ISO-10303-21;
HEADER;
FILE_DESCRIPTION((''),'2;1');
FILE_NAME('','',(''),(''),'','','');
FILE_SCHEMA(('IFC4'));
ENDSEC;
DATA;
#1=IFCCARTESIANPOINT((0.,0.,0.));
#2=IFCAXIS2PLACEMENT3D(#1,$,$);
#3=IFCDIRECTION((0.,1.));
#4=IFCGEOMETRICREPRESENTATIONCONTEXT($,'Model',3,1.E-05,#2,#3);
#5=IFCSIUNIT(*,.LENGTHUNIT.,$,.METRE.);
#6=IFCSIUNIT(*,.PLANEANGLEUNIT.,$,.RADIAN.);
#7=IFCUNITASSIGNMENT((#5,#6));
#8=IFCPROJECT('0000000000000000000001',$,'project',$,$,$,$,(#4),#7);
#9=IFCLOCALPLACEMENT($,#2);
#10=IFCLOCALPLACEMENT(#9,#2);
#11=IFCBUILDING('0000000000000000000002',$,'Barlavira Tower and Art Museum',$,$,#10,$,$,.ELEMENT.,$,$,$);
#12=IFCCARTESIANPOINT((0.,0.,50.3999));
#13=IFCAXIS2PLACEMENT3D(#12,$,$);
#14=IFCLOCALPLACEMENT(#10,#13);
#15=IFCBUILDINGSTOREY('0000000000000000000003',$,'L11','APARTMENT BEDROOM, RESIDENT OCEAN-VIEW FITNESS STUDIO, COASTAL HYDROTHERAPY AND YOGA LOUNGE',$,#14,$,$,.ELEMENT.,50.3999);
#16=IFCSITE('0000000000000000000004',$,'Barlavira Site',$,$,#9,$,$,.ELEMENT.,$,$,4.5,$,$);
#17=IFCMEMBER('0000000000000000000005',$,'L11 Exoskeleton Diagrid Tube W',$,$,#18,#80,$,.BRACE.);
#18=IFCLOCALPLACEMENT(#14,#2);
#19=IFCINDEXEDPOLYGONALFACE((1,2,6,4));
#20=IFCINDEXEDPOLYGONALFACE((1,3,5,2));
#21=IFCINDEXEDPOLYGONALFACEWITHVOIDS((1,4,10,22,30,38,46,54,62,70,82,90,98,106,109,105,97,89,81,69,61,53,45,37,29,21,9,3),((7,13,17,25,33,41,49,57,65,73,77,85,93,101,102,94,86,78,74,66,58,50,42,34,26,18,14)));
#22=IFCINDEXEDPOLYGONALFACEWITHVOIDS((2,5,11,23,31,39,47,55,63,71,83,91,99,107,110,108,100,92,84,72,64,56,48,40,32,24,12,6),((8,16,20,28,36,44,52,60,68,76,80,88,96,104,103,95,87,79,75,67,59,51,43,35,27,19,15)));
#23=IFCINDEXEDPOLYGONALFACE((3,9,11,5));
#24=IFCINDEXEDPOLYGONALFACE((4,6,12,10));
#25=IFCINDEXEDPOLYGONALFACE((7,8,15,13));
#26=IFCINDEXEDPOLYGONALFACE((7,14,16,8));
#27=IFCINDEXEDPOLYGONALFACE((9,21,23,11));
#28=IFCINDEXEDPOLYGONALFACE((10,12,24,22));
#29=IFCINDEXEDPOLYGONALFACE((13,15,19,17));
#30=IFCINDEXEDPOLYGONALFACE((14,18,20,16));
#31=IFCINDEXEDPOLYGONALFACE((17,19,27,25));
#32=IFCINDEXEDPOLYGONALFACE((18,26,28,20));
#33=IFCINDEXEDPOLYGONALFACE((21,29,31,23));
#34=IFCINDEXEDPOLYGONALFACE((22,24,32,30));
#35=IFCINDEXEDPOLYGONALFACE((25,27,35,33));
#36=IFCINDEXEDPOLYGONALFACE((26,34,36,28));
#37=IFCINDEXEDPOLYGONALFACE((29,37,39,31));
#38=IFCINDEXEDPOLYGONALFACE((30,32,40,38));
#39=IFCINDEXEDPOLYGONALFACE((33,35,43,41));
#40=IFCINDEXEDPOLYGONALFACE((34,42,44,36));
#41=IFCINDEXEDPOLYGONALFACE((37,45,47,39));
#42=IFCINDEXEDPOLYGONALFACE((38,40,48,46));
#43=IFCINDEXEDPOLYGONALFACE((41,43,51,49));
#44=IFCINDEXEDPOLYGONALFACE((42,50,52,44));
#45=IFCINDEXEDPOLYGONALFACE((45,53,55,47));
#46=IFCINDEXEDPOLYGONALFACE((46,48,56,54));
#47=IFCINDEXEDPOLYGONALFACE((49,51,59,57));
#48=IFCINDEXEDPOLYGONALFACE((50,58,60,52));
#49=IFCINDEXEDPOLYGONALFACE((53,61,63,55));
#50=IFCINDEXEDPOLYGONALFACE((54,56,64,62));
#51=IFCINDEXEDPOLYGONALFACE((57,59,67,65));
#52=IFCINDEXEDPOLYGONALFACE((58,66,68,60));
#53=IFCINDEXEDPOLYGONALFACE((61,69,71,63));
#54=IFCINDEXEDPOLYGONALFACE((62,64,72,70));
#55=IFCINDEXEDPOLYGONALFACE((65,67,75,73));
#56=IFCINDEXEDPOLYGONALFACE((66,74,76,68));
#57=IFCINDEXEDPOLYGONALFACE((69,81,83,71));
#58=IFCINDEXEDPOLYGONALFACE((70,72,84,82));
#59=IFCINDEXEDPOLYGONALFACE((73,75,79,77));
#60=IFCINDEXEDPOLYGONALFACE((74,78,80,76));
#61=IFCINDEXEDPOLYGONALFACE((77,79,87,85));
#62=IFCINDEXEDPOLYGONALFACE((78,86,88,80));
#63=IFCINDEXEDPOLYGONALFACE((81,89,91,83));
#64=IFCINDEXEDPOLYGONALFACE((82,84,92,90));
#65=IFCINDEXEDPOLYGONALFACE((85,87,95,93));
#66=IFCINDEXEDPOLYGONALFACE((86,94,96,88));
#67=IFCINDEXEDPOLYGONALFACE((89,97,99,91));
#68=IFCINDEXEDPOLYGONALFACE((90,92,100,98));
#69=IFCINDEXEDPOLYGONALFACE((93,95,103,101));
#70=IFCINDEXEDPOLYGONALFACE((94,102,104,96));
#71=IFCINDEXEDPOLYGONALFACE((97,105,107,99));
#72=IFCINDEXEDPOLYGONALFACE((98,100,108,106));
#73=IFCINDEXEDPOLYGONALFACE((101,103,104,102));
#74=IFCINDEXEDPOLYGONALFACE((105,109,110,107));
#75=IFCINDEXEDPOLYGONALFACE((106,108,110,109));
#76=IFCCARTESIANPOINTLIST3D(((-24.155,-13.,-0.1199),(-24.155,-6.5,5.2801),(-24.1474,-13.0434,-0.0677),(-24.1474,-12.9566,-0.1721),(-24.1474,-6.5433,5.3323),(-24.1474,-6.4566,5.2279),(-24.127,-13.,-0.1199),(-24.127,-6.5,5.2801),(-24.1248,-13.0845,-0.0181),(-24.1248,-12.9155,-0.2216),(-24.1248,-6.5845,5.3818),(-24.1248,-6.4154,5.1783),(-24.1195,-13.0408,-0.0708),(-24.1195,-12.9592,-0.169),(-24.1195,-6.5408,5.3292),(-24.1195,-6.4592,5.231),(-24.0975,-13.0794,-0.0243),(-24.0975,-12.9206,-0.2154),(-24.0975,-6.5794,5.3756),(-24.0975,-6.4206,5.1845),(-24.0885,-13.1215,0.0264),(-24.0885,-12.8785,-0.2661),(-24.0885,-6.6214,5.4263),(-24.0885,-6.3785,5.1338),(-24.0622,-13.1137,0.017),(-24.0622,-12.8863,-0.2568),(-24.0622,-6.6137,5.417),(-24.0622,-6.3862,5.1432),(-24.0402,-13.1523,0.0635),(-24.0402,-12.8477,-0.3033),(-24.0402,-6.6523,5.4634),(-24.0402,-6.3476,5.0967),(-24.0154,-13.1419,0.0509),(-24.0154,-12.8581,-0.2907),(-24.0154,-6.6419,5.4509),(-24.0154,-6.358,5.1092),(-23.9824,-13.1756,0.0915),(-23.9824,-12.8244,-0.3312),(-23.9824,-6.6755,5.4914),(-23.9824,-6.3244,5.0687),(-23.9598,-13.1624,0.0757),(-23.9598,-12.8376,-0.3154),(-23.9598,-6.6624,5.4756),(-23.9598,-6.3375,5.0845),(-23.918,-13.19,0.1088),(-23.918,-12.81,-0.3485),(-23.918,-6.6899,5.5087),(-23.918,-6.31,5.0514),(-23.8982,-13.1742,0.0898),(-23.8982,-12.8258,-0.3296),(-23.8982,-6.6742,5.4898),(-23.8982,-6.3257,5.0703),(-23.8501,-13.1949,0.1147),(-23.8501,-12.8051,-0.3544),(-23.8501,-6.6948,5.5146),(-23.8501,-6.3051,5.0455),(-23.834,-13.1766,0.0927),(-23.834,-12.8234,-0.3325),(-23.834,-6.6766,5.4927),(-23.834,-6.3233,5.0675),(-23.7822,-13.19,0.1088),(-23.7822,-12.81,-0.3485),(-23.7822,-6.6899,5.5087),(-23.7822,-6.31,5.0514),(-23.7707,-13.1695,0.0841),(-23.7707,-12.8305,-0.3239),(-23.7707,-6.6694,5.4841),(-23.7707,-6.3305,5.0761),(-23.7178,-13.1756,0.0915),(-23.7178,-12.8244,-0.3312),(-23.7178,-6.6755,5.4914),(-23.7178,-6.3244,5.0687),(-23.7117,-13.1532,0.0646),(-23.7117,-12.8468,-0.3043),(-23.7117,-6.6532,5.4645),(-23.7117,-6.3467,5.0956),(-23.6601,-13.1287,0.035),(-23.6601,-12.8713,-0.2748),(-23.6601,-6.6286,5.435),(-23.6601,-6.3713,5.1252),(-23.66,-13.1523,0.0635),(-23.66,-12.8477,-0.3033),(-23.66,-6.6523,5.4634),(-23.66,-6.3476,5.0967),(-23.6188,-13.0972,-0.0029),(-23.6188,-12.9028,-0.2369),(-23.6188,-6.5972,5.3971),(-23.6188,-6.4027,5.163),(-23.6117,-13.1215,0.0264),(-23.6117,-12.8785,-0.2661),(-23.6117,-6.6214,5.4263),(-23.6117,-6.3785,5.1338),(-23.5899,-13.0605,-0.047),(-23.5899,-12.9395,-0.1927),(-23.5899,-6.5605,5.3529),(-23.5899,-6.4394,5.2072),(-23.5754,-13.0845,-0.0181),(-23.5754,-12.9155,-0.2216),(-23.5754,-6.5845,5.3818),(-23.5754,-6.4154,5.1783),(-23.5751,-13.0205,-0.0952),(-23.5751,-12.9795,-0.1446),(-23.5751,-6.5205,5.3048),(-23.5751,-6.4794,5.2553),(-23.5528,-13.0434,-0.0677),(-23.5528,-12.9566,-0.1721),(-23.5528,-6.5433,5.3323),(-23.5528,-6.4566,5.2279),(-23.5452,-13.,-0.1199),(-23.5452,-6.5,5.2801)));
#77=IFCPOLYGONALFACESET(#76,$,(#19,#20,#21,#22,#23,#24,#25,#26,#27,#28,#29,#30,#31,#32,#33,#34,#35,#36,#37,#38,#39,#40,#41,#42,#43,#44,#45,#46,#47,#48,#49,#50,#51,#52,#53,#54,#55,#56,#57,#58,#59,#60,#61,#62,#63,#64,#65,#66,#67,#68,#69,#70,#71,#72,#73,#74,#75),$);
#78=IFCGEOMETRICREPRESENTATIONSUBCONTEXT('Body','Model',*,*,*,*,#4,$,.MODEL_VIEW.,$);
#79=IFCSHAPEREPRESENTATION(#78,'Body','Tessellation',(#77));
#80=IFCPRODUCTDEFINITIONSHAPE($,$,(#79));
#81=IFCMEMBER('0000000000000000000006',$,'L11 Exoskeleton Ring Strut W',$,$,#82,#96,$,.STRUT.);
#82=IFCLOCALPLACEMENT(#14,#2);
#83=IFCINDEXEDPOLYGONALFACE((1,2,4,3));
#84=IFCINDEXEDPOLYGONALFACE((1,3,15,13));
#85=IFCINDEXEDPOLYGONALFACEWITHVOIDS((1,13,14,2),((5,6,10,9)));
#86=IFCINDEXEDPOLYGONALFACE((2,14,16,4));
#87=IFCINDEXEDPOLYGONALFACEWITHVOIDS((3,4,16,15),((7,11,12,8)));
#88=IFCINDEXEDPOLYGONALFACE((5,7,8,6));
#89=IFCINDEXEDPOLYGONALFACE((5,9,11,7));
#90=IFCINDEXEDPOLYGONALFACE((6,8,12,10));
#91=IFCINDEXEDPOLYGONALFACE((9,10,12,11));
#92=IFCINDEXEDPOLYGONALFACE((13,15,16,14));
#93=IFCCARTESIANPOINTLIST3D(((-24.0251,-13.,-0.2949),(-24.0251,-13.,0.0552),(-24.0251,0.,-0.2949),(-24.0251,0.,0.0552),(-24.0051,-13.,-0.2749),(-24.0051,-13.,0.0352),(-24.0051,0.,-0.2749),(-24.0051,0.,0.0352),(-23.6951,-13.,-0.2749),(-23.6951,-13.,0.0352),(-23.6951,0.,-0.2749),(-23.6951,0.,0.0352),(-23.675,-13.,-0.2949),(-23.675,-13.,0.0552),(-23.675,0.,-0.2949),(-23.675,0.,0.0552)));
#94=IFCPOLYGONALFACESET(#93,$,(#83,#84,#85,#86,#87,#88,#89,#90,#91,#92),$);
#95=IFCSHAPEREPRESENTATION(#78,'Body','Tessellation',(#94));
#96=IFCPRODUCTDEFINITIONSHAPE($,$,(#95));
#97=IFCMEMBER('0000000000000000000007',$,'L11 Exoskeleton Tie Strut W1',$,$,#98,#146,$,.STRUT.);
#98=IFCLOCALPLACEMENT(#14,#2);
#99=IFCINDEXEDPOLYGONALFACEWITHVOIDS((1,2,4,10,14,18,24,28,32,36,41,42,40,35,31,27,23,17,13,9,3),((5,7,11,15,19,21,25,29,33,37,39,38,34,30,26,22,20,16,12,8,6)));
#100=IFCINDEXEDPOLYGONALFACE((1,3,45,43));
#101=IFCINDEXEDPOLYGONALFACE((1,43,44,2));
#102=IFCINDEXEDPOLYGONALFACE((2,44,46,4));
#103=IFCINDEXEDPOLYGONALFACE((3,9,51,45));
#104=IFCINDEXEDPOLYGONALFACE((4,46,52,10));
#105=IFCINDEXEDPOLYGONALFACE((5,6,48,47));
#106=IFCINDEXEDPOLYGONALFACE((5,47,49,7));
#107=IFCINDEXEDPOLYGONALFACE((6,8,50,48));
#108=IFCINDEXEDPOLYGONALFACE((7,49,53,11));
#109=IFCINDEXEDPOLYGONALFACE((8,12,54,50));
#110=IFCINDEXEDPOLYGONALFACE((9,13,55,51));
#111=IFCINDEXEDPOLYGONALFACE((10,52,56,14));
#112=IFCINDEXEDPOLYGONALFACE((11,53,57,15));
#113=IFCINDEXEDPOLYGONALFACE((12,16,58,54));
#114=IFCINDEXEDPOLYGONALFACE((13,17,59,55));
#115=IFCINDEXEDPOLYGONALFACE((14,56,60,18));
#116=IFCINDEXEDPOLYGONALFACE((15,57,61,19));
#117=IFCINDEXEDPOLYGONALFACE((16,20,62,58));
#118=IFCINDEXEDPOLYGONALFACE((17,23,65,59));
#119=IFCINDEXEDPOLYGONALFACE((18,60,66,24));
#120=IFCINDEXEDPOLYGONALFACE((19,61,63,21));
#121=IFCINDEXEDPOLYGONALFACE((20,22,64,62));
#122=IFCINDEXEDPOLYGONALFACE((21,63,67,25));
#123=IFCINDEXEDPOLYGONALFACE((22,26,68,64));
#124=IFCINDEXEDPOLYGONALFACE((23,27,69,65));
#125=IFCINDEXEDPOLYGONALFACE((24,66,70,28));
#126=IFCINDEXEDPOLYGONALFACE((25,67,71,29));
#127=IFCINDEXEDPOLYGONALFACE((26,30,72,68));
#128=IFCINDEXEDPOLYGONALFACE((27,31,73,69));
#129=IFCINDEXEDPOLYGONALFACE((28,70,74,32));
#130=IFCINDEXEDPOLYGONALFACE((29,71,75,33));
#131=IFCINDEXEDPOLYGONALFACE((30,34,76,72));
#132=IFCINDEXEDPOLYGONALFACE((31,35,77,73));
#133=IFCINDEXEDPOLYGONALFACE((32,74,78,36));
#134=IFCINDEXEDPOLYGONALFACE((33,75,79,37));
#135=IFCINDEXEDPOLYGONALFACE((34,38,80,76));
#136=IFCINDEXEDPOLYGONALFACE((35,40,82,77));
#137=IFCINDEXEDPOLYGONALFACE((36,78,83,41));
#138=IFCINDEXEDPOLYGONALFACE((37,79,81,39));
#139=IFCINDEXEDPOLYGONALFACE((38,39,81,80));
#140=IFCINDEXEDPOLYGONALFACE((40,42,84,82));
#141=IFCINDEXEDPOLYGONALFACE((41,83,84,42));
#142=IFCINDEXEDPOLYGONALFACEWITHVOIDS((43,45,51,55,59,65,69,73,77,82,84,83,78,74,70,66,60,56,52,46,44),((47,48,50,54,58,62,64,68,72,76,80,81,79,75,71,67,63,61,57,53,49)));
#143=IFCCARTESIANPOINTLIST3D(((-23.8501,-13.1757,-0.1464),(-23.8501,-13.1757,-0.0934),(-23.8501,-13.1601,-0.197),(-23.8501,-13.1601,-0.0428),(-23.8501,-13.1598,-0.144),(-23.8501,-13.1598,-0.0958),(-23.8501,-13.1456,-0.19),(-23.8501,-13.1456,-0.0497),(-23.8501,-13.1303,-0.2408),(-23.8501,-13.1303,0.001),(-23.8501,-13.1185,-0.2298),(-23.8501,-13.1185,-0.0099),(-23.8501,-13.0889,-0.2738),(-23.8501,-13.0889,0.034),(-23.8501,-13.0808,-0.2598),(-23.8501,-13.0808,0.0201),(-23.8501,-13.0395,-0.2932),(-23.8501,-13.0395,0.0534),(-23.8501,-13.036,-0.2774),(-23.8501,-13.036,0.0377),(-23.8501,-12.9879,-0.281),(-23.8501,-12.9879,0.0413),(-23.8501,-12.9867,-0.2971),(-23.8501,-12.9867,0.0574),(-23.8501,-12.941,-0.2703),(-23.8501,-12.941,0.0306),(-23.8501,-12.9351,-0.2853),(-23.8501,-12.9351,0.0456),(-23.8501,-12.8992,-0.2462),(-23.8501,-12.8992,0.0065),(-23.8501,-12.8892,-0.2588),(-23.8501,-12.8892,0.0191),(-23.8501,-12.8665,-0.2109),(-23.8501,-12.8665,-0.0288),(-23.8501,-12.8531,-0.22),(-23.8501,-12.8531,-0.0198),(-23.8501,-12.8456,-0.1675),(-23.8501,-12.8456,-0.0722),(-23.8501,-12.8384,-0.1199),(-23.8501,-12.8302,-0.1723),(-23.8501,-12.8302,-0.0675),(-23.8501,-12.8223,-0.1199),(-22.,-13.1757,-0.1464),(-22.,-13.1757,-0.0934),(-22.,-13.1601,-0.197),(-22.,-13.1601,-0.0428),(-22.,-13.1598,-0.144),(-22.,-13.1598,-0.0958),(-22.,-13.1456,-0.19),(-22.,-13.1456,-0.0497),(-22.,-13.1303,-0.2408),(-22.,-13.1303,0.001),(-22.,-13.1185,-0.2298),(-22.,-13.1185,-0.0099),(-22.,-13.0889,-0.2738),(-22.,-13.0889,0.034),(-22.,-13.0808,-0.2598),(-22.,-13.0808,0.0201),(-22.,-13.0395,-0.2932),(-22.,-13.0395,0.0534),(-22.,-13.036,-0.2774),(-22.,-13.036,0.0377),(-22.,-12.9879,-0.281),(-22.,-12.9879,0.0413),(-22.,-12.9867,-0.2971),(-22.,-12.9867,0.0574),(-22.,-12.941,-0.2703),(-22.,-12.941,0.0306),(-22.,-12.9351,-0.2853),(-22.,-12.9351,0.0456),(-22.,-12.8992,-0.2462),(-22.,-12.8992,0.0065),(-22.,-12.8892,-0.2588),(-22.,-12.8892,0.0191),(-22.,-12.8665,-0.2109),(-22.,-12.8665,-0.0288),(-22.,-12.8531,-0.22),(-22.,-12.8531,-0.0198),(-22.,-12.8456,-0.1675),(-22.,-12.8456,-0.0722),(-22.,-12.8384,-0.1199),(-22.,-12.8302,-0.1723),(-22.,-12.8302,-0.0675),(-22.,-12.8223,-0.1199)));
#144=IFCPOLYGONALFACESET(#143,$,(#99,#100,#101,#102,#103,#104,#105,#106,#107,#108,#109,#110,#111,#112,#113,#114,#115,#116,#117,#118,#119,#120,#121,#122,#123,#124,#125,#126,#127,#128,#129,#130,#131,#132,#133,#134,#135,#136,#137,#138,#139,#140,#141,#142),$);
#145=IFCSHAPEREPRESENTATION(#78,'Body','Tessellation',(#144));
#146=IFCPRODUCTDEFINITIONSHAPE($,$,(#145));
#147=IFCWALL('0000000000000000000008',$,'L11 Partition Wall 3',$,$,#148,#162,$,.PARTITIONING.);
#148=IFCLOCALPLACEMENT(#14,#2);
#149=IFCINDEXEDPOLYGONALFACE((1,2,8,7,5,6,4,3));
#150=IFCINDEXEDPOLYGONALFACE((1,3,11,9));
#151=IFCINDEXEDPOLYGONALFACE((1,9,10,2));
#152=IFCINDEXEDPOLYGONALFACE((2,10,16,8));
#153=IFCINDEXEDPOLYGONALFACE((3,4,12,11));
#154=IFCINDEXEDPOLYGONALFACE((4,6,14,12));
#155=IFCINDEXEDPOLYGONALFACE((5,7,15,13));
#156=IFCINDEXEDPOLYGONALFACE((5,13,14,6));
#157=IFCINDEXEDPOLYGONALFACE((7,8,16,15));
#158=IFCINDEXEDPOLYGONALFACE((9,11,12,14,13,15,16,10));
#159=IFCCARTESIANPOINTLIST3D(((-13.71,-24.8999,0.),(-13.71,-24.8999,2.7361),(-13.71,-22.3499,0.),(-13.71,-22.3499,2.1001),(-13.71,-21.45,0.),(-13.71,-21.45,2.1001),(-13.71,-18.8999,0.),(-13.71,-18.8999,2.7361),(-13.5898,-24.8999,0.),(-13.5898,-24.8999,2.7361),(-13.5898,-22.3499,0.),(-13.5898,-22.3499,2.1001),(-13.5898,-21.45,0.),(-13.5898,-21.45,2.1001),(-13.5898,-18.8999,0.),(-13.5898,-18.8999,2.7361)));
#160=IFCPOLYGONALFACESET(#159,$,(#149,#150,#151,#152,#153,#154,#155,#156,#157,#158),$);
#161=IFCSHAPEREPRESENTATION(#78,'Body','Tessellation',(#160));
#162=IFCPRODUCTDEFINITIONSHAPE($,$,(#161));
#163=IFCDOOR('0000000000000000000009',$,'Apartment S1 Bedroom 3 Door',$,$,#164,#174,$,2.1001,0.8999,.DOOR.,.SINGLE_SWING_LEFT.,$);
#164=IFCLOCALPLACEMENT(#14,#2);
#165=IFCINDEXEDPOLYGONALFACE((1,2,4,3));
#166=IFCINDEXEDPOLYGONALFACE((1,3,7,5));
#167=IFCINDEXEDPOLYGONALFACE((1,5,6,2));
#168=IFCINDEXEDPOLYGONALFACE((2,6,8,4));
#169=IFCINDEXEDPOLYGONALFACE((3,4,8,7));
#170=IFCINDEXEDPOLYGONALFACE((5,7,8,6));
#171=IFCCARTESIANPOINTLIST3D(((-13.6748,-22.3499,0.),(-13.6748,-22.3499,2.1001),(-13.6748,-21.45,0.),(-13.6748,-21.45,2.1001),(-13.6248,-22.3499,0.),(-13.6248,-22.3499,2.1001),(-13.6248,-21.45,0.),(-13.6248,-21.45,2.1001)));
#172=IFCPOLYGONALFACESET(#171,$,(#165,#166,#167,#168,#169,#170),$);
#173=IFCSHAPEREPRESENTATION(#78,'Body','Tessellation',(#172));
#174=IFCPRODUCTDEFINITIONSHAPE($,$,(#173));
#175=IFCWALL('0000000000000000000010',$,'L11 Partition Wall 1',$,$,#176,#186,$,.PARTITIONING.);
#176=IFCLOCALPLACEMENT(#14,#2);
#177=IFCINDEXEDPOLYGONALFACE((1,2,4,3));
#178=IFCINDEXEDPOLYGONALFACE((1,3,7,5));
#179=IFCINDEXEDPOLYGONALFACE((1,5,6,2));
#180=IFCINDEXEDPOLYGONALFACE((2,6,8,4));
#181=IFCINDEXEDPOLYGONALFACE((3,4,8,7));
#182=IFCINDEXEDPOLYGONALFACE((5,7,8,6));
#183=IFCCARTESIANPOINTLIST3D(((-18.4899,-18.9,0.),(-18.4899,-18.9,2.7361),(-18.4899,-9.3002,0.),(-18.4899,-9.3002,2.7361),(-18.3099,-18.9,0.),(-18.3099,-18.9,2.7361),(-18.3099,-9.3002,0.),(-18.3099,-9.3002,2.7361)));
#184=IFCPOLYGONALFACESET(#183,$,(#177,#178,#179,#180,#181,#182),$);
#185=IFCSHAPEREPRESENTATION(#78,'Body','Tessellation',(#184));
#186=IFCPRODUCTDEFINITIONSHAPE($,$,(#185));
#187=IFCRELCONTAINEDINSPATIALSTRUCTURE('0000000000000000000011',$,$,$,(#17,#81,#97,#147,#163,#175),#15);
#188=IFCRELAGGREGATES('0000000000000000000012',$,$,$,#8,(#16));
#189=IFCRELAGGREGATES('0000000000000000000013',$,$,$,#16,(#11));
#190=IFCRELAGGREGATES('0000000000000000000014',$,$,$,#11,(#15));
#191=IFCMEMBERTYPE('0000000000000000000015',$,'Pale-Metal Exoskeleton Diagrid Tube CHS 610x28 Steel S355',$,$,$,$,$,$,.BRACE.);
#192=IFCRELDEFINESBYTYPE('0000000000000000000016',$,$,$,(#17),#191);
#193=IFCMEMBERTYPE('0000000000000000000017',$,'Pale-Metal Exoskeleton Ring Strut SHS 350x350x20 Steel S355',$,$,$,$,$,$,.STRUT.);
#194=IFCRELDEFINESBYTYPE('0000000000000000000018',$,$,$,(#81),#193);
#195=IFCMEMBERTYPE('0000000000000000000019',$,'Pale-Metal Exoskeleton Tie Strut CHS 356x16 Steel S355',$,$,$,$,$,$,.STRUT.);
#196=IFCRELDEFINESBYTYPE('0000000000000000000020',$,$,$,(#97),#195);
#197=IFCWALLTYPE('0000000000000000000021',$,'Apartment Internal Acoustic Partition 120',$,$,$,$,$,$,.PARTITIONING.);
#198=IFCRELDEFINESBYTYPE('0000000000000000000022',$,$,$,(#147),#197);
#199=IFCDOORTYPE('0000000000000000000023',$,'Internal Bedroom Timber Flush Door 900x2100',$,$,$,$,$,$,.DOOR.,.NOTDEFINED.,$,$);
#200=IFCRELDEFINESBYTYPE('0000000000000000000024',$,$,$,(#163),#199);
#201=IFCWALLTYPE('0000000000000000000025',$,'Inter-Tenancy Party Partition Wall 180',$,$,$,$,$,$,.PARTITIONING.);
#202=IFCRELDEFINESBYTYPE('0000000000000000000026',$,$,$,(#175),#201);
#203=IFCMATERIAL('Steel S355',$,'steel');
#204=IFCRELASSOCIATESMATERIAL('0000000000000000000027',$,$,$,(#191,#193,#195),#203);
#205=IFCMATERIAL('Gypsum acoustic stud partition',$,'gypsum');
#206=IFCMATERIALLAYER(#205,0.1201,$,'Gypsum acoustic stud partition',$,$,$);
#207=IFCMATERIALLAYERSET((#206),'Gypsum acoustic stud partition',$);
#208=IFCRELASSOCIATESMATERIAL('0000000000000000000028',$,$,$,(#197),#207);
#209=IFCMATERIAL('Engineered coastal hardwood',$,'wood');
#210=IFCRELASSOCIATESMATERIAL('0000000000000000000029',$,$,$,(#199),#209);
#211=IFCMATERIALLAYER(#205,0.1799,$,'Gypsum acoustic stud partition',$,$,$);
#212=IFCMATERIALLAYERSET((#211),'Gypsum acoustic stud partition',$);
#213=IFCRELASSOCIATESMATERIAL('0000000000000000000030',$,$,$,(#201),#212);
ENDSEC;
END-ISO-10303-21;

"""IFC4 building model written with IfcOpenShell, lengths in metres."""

from ifc_helpers import new_model, si_unit, direction, frame, frame_2d, origin, origin_2d, place, context, subcontext, project, spatial, rectangle, hollow_rectangle, hollow_circle, extrude, material, layer, layer_set, material_profile, profile_set, type_object, element, fill, save


model = new_model("IFC4")

# Units and contexts
model_context = context("Model", 3, precision=1e-05, world=origin(), true_north=direction((0.0, 1.0)))
body_context = subcontext(model_context, "Body", "Model", "MODEL_VIEW")
ifc_project = project(units=[si_unit("LENGTHUNIT", "METRE"), si_unit("PLANEANGLEUNIT", "RADIAN")], contexts=[model_context])

# Site, building, storey
site_placement = place(None, origin())
site = spatial("IfcSite", under=ifc_project, at=site_placement, Name="Barlavira Site", CompositionType="ELEMENT", RefElevation=4.5)
building_placement = place(site_placement, origin())
building = spatial("IfcBuilding", under=site, at=building_placement, Name="Barlavira Tower and Art Museum", CompositionType="ELEMENT")
storey_placement = place(building_placement, frame((0.0, 0.0, 50.3999)))
storey = spatial("IfcBuildingStorey", under=building, at=storey_placement, Name="L11", Description="APARTMENT BEDROOM, RESIDENT OCEAN-VIEW FITNESS STUDIO, COASTAL HYDROTHERAPY AND YOGA LOUNGE", CompositionType="ELEMENT", Elevation=50.3999)

# Members
ifc_material_1 = material(Name="Steel S355", Category="steel")
ifc_material_profile_1 = material_profile(ifc_material_1, hollow_circle(Radius=0.3049, WallThickness=0.0281, at=origin_2d()), Name="CHS 610.0x28.0")
ifc_profile_set_1 = profile_set([ifc_material_profile_1], Name="Steel S355")
member_type_1 = type_object("IfcMemberType", Name="Pale-Metal Exoskeleton Diagrid Tube CHS 610x28 Steel S355", PredefinedType="BRACE", material=ifc_profile_set_1)
member_1_placement = place(storey_placement, frame((-23.8501, -13.0, -0.1199), z_axis=(0.0, 0.769196, 0.639013), x_axis=(-1.0, 0.0, 0.0)))
element("IfcMember", 1, at=member_1_placement, inside=storey, type_object=member_type_1, Name="L11 Exoskeleton Diagrid Tube W", PredefinedType="BRACE", context=body_context, shape_type="SweptSolid", body=[
    extrude(hollow_circle(Radius=0.3049, WallThickness=0.0281, at=origin_2d()), origin(), (0.0, 0.0, 1.0), 8.4504),
])
ifc_material_profile_2 = material_profile(ifc_material_1, hollow_rectangle(XDim=0.3501, YDim=0.3501, WallThickness=0.02, at=origin_2d()), Name="SHS 350x350x20.0")
ifc_profile_set_2 = profile_set([ifc_material_profile_2], Name="Steel S355")
member_type_2 = type_object("IfcMemberType", Name="Pale-Metal Exoskeleton Ring Strut SHS 350x350x20 Steel S355", PredefinedType="STRUT", material=ifc_profile_set_2)
member_2_placement = place(storey_placement, frame((-23.8501, -13.0, -0.1199), z_axis=(0.0, 1.0, 0.0), x_axis=(-1.0, 0.0, 0.0)))
element("IfcMember", 2, at=member_2_placement, inside=storey, type_object=member_type_2, Name="L11 Exoskeleton Ring Strut W", PredefinedType="STRUT", context=body_context, shape_type="SweptSolid", body=[
    extrude(hollow_rectangle(XDim=0.3501, YDim=0.3501, WallThickness=0.02, at=origin_2d()), origin(), (0.0, 0.0, 1.0), 13.0),
])
ifc_material_profile_3 = material_profile(ifc_material_1, hollow_circle(Radius=0.1777, WallThickness=0.0161, at=origin_2d()), Name="CHS 355.6x16.0")
ifc_profile_set_3 = profile_set([ifc_material_profile_3], Name="Steel S355")
member_type_3 = type_object("IfcMemberType", Name="Pale-Metal Exoskeleton Tie Strut CHS 356x16 Steel S355", PredefinedType="STRUT", material=ifc_profile_set_3)
member_3_placement = place(storey_placement, frame((-23.8501, -13.0, -0.1199), z_axis=(1.0, 0.0, 0.0), x_axis=(0.0, 1.0, 0.0)))
element("IfcMember", 3, at=member_3_placement, inside=storey, type_object=member_type_3, Name="L11 Exoskeleton Tie Strut W1", PredefinedType="STRUT", context=body_context, shape_type="SweptSolid", body=[
    extrude(hollow_circle(Radius=0.1777, WallThickness=0.0161, at=origin_2d()), origin(), (0.0, 0.0, 1.0), 1.8501),
])

# Wall, opening, door
ifc_material_2 = material(Name="Gypsum acoustic stud partition", Category="gypsum")
ifc_layer_1 = layer(ifc_material_2, 0.1201, Name="Gypsum acoustic stud partition")
ifc_layer_set_1 = layer_set([ifc_layer_1], Name="Gypsum acoustic stud partition")
wall_type_1 = type_object("IfcWallType", Name="Apartment Internal Acoustic Partition 120", PredefinedType="PARTITIONING", material=ifc_layer_set_1)
wall_1_placement = place(storey_placement, frame((-13.6499, -24.8999, 0.0), z_axis=(0.0, 0.0, 1.0), x_axis=(0.0, 1.0, 0.0)))
wall_1 = element("IfcWall", 4, at=wall_1_placement, inside=storey, type_object=wall_type_1, Name="L11 Partition Wall 3", PredefinedType="PARTITIONING", context=body_context, shape_type="SweptSolid", body=[
    extrude(rectangle(XDim=6.0, YDim=0.1201, at=frame_2d((3.0, 0.0))), origin(), (0.0, 0.0, 1.0), 2.7361),
])
opening_1_placement = place(wall_1_placement, frame((2.55, 0.0, 0.0)))
opening_1 = element("IfcOpeningElement", 5, at=opening_1_placement, cuts=wall_1, PredefinedType="OPENING", context=body_context, shape_type="SweptSolid", body=[
    extrude(rectangle(XDim=0.8999, YDim=2.1001, at=frame_2d((0.45, 1.05))), frame((0.0, 0.0701, 0.0), z_axis=(0.0, -1.0, 0.0), x_axis=(1.0, 0.0, 0.0)), (0.0, 0.0, 1.0), 0.1401),
])
ifc_material_3 = material(Name="Engineered coastal hardwood", Category="wood")
door_type = type_object("IfcDoorType", Name="Internal Bedroom Timber Flush Door 900x2100", OperationType="NOTDEFINED", PredefinedType="DOOR", material=ifc_material_3)
door_placement = place(opening_1_placement, origin())
door = element("IfcDoor", 6, at=door_placement, inside=storey, type_object=door_type, Name="Apartment S1 Bedroom 3 Door", OperationType="SINGLE_SWING_LEFT", OverallHeight=2.1001, OverallWidth=0.8999, PredefinedType="DOOR", context=body_context, shape_type="SweptSolid", body=[
    extrude(rectangle(XDim=0.8999, YDim=2.1001, at=frame_2d((0.45, 1.05))), frame((0.0, 0.0249, 0.0), z_axis=(0.0, -1.0, 0.0), x_axis=(1.0, 0.0, 0.0)), (0.0, 0.0, 1.0), 0.05),
])
fill(opening_1, door)

# Wall
ifc_layer_2 = layer(ifc_material_2, 0.1799, Name="Gypsum acoustic stud partition")
ifc_layer_set_2 = layer_set([ifc_layer_2], Name="Gypsum acoustic stud partition")
wall_type_2 = type_object("IfcWallType", Name="Inter-Tenancy Party Partition Wall 180", PredefinedType="PARTITIONING", material=ifc_layer_set_2)
wall_2_placement = place(storey_placement, frame((-18.3999, -18.8999, 0.0), z_axis=(0.0, 0.0, 1.0), x_axis=(0.0, 1.0, 0.0)))
element("IfcWall", 7, at=wall_2_placement, inside=storey, type_object=wall_type_2, Name="L11 Partition Wall 1", PredefinedType="PARTITIONING", context=body_context, shape_type="SweptSolid", body=[
    extrude(rectangle(XDim=9.5999, YDim=0.1799, at=frame_2d((4.7998, 0.0))), origin(), (0.0, 0.0, 1.0), 2.7361),
])

save(model, "model.ifc")
